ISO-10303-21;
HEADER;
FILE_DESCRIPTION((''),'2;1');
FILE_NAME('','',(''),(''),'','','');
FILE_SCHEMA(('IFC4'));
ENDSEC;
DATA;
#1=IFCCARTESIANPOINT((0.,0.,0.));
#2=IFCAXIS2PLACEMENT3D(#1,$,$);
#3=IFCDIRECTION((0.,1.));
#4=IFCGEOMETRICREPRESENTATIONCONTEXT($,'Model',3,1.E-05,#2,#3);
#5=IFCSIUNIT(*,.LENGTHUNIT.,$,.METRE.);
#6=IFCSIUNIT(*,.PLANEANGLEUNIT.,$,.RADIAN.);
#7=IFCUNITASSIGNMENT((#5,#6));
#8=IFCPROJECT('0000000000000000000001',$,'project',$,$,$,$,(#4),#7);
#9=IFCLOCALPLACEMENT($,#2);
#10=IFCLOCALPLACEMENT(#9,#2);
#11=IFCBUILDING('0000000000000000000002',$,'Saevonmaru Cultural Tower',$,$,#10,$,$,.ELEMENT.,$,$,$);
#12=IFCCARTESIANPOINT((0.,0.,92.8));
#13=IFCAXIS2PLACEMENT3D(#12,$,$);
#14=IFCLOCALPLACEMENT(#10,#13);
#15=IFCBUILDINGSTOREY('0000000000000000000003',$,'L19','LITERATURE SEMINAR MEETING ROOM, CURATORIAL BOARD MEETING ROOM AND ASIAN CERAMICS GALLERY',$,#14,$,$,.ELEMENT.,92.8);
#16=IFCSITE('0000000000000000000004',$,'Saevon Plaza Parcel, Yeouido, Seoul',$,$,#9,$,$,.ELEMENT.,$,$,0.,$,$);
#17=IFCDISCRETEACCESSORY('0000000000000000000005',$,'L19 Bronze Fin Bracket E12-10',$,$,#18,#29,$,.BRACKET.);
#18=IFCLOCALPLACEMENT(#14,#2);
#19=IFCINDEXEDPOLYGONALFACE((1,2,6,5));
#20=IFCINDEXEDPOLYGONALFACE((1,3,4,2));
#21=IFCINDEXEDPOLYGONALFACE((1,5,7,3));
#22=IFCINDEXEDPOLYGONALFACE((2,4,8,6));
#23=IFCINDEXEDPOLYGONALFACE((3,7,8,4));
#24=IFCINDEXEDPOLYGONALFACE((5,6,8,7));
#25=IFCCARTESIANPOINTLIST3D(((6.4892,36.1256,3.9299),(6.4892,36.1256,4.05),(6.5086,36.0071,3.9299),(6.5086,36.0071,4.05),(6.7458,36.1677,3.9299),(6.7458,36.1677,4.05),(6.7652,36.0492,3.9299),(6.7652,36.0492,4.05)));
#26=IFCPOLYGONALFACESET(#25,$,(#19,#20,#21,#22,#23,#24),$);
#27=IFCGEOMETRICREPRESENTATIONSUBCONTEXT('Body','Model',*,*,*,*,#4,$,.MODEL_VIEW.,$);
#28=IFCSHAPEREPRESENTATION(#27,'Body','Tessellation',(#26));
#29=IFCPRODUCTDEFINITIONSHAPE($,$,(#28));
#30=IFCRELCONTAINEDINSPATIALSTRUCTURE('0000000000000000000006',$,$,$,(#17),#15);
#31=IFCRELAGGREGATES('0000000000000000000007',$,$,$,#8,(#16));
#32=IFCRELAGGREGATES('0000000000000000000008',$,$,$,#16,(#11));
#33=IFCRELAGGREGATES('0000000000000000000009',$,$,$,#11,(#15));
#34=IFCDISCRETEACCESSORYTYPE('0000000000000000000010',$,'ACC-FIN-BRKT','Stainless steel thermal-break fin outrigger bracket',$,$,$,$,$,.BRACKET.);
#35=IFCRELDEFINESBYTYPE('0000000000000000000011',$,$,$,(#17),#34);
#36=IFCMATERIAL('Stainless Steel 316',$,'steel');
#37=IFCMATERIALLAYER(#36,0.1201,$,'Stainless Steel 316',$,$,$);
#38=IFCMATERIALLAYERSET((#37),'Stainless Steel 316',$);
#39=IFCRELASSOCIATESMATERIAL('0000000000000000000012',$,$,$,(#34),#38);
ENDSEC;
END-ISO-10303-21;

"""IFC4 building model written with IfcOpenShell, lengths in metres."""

from ifc_helpers import new_model, si_unit, direction, frame, origin, origin_2d, place, context, subcontext, project, spatial, rectangle, extrude, material, layer, layer_set, type_object, element, save


model = new_model("IFC4")

# Units and contexts
model_context = context("Model", 3, precision=1e-05, world=origin(), true_north=direction((0.0, 1.0)))
body_context = subcontext(model_context, "Body", "Model", "MODEL_VIEW")
ifc_project = project(units=[si_unit("LENGTHUNIT", "METRE"), si_unit("PLANEANGLEUNIT", "RADIAN")], contexts=[model_context])

# Site, building, storey
site_placement = place(None, origin())
site = spatial("IfcSite", under=ifc_project, at=site_placement, Name="Saevon Plaza Parcel, Yeouido, Seoul", CompositionType="ELEMENT", RefElevation=0.0)
building_placement = place(site_placement, origin())
building = spatial("IfcBuilding", under=site, at=building_placement, Name="Saevonmaru Cultural Tower", CompositionType="ELEMENT")
storey_placement = place(building_placement, frame((0.0, 0.0, 92.8)))
storey = spatial("IfcBuildingStorey", under=building, at=storey_placement, Name="L19", Description="LITERATURE SEMINAR MEETING ROOM, CURATORIAL BOARD MEETING ROOM AND ASIAN CERAMICS GALLERY", CompositionType="ELEMENT", Elevation=92.8)

# Discrete accessory
ifc_material_1 = material(Name="Stainless Steel 316", Category="steel")
ifc_layer_1 = layer(ifc_material_1, 0.1201, Name="Stainless Steel 316")
ifc_layer_set_1 = layer_set([ifc_layer_1], Name="Stainless Steel 316")
discrete_accessory_type = type_object("IfcDiscreteAccessoryType", Name="ACC-FIN-BRKT", Description="Stainless steel thermal-break fin outrigger bracket", PredefinedType="BRACKET", material=ifc_layer_set_1)
for number, where, z_axis, x_axis, name in (
    (1, (6.6272, 36.0874, 3.9299), (0.0, 0.0, 1.0), (-0.986827, -0.161776, 0.0), "L19 Bronze Fin Bracket E12-10"),
):
    element("IfcDiscreteAccessory", number, at=place(storey_placement, frame(where, z_axis=z_axis, x_axis=x_axis)), inside=storey, type_object=discrete_accessory_type, Name=name, PredefinedType="BRACKET", context=body_context, shape_type="SweptSolid", body=[
        extrude(rectangle(XDim=0.26, YDim=0.1201, at=origin_2d()), origin(), (0.0, 0.0, 1.0), 0.1201),
    ])

save(model, "model.ifc")
